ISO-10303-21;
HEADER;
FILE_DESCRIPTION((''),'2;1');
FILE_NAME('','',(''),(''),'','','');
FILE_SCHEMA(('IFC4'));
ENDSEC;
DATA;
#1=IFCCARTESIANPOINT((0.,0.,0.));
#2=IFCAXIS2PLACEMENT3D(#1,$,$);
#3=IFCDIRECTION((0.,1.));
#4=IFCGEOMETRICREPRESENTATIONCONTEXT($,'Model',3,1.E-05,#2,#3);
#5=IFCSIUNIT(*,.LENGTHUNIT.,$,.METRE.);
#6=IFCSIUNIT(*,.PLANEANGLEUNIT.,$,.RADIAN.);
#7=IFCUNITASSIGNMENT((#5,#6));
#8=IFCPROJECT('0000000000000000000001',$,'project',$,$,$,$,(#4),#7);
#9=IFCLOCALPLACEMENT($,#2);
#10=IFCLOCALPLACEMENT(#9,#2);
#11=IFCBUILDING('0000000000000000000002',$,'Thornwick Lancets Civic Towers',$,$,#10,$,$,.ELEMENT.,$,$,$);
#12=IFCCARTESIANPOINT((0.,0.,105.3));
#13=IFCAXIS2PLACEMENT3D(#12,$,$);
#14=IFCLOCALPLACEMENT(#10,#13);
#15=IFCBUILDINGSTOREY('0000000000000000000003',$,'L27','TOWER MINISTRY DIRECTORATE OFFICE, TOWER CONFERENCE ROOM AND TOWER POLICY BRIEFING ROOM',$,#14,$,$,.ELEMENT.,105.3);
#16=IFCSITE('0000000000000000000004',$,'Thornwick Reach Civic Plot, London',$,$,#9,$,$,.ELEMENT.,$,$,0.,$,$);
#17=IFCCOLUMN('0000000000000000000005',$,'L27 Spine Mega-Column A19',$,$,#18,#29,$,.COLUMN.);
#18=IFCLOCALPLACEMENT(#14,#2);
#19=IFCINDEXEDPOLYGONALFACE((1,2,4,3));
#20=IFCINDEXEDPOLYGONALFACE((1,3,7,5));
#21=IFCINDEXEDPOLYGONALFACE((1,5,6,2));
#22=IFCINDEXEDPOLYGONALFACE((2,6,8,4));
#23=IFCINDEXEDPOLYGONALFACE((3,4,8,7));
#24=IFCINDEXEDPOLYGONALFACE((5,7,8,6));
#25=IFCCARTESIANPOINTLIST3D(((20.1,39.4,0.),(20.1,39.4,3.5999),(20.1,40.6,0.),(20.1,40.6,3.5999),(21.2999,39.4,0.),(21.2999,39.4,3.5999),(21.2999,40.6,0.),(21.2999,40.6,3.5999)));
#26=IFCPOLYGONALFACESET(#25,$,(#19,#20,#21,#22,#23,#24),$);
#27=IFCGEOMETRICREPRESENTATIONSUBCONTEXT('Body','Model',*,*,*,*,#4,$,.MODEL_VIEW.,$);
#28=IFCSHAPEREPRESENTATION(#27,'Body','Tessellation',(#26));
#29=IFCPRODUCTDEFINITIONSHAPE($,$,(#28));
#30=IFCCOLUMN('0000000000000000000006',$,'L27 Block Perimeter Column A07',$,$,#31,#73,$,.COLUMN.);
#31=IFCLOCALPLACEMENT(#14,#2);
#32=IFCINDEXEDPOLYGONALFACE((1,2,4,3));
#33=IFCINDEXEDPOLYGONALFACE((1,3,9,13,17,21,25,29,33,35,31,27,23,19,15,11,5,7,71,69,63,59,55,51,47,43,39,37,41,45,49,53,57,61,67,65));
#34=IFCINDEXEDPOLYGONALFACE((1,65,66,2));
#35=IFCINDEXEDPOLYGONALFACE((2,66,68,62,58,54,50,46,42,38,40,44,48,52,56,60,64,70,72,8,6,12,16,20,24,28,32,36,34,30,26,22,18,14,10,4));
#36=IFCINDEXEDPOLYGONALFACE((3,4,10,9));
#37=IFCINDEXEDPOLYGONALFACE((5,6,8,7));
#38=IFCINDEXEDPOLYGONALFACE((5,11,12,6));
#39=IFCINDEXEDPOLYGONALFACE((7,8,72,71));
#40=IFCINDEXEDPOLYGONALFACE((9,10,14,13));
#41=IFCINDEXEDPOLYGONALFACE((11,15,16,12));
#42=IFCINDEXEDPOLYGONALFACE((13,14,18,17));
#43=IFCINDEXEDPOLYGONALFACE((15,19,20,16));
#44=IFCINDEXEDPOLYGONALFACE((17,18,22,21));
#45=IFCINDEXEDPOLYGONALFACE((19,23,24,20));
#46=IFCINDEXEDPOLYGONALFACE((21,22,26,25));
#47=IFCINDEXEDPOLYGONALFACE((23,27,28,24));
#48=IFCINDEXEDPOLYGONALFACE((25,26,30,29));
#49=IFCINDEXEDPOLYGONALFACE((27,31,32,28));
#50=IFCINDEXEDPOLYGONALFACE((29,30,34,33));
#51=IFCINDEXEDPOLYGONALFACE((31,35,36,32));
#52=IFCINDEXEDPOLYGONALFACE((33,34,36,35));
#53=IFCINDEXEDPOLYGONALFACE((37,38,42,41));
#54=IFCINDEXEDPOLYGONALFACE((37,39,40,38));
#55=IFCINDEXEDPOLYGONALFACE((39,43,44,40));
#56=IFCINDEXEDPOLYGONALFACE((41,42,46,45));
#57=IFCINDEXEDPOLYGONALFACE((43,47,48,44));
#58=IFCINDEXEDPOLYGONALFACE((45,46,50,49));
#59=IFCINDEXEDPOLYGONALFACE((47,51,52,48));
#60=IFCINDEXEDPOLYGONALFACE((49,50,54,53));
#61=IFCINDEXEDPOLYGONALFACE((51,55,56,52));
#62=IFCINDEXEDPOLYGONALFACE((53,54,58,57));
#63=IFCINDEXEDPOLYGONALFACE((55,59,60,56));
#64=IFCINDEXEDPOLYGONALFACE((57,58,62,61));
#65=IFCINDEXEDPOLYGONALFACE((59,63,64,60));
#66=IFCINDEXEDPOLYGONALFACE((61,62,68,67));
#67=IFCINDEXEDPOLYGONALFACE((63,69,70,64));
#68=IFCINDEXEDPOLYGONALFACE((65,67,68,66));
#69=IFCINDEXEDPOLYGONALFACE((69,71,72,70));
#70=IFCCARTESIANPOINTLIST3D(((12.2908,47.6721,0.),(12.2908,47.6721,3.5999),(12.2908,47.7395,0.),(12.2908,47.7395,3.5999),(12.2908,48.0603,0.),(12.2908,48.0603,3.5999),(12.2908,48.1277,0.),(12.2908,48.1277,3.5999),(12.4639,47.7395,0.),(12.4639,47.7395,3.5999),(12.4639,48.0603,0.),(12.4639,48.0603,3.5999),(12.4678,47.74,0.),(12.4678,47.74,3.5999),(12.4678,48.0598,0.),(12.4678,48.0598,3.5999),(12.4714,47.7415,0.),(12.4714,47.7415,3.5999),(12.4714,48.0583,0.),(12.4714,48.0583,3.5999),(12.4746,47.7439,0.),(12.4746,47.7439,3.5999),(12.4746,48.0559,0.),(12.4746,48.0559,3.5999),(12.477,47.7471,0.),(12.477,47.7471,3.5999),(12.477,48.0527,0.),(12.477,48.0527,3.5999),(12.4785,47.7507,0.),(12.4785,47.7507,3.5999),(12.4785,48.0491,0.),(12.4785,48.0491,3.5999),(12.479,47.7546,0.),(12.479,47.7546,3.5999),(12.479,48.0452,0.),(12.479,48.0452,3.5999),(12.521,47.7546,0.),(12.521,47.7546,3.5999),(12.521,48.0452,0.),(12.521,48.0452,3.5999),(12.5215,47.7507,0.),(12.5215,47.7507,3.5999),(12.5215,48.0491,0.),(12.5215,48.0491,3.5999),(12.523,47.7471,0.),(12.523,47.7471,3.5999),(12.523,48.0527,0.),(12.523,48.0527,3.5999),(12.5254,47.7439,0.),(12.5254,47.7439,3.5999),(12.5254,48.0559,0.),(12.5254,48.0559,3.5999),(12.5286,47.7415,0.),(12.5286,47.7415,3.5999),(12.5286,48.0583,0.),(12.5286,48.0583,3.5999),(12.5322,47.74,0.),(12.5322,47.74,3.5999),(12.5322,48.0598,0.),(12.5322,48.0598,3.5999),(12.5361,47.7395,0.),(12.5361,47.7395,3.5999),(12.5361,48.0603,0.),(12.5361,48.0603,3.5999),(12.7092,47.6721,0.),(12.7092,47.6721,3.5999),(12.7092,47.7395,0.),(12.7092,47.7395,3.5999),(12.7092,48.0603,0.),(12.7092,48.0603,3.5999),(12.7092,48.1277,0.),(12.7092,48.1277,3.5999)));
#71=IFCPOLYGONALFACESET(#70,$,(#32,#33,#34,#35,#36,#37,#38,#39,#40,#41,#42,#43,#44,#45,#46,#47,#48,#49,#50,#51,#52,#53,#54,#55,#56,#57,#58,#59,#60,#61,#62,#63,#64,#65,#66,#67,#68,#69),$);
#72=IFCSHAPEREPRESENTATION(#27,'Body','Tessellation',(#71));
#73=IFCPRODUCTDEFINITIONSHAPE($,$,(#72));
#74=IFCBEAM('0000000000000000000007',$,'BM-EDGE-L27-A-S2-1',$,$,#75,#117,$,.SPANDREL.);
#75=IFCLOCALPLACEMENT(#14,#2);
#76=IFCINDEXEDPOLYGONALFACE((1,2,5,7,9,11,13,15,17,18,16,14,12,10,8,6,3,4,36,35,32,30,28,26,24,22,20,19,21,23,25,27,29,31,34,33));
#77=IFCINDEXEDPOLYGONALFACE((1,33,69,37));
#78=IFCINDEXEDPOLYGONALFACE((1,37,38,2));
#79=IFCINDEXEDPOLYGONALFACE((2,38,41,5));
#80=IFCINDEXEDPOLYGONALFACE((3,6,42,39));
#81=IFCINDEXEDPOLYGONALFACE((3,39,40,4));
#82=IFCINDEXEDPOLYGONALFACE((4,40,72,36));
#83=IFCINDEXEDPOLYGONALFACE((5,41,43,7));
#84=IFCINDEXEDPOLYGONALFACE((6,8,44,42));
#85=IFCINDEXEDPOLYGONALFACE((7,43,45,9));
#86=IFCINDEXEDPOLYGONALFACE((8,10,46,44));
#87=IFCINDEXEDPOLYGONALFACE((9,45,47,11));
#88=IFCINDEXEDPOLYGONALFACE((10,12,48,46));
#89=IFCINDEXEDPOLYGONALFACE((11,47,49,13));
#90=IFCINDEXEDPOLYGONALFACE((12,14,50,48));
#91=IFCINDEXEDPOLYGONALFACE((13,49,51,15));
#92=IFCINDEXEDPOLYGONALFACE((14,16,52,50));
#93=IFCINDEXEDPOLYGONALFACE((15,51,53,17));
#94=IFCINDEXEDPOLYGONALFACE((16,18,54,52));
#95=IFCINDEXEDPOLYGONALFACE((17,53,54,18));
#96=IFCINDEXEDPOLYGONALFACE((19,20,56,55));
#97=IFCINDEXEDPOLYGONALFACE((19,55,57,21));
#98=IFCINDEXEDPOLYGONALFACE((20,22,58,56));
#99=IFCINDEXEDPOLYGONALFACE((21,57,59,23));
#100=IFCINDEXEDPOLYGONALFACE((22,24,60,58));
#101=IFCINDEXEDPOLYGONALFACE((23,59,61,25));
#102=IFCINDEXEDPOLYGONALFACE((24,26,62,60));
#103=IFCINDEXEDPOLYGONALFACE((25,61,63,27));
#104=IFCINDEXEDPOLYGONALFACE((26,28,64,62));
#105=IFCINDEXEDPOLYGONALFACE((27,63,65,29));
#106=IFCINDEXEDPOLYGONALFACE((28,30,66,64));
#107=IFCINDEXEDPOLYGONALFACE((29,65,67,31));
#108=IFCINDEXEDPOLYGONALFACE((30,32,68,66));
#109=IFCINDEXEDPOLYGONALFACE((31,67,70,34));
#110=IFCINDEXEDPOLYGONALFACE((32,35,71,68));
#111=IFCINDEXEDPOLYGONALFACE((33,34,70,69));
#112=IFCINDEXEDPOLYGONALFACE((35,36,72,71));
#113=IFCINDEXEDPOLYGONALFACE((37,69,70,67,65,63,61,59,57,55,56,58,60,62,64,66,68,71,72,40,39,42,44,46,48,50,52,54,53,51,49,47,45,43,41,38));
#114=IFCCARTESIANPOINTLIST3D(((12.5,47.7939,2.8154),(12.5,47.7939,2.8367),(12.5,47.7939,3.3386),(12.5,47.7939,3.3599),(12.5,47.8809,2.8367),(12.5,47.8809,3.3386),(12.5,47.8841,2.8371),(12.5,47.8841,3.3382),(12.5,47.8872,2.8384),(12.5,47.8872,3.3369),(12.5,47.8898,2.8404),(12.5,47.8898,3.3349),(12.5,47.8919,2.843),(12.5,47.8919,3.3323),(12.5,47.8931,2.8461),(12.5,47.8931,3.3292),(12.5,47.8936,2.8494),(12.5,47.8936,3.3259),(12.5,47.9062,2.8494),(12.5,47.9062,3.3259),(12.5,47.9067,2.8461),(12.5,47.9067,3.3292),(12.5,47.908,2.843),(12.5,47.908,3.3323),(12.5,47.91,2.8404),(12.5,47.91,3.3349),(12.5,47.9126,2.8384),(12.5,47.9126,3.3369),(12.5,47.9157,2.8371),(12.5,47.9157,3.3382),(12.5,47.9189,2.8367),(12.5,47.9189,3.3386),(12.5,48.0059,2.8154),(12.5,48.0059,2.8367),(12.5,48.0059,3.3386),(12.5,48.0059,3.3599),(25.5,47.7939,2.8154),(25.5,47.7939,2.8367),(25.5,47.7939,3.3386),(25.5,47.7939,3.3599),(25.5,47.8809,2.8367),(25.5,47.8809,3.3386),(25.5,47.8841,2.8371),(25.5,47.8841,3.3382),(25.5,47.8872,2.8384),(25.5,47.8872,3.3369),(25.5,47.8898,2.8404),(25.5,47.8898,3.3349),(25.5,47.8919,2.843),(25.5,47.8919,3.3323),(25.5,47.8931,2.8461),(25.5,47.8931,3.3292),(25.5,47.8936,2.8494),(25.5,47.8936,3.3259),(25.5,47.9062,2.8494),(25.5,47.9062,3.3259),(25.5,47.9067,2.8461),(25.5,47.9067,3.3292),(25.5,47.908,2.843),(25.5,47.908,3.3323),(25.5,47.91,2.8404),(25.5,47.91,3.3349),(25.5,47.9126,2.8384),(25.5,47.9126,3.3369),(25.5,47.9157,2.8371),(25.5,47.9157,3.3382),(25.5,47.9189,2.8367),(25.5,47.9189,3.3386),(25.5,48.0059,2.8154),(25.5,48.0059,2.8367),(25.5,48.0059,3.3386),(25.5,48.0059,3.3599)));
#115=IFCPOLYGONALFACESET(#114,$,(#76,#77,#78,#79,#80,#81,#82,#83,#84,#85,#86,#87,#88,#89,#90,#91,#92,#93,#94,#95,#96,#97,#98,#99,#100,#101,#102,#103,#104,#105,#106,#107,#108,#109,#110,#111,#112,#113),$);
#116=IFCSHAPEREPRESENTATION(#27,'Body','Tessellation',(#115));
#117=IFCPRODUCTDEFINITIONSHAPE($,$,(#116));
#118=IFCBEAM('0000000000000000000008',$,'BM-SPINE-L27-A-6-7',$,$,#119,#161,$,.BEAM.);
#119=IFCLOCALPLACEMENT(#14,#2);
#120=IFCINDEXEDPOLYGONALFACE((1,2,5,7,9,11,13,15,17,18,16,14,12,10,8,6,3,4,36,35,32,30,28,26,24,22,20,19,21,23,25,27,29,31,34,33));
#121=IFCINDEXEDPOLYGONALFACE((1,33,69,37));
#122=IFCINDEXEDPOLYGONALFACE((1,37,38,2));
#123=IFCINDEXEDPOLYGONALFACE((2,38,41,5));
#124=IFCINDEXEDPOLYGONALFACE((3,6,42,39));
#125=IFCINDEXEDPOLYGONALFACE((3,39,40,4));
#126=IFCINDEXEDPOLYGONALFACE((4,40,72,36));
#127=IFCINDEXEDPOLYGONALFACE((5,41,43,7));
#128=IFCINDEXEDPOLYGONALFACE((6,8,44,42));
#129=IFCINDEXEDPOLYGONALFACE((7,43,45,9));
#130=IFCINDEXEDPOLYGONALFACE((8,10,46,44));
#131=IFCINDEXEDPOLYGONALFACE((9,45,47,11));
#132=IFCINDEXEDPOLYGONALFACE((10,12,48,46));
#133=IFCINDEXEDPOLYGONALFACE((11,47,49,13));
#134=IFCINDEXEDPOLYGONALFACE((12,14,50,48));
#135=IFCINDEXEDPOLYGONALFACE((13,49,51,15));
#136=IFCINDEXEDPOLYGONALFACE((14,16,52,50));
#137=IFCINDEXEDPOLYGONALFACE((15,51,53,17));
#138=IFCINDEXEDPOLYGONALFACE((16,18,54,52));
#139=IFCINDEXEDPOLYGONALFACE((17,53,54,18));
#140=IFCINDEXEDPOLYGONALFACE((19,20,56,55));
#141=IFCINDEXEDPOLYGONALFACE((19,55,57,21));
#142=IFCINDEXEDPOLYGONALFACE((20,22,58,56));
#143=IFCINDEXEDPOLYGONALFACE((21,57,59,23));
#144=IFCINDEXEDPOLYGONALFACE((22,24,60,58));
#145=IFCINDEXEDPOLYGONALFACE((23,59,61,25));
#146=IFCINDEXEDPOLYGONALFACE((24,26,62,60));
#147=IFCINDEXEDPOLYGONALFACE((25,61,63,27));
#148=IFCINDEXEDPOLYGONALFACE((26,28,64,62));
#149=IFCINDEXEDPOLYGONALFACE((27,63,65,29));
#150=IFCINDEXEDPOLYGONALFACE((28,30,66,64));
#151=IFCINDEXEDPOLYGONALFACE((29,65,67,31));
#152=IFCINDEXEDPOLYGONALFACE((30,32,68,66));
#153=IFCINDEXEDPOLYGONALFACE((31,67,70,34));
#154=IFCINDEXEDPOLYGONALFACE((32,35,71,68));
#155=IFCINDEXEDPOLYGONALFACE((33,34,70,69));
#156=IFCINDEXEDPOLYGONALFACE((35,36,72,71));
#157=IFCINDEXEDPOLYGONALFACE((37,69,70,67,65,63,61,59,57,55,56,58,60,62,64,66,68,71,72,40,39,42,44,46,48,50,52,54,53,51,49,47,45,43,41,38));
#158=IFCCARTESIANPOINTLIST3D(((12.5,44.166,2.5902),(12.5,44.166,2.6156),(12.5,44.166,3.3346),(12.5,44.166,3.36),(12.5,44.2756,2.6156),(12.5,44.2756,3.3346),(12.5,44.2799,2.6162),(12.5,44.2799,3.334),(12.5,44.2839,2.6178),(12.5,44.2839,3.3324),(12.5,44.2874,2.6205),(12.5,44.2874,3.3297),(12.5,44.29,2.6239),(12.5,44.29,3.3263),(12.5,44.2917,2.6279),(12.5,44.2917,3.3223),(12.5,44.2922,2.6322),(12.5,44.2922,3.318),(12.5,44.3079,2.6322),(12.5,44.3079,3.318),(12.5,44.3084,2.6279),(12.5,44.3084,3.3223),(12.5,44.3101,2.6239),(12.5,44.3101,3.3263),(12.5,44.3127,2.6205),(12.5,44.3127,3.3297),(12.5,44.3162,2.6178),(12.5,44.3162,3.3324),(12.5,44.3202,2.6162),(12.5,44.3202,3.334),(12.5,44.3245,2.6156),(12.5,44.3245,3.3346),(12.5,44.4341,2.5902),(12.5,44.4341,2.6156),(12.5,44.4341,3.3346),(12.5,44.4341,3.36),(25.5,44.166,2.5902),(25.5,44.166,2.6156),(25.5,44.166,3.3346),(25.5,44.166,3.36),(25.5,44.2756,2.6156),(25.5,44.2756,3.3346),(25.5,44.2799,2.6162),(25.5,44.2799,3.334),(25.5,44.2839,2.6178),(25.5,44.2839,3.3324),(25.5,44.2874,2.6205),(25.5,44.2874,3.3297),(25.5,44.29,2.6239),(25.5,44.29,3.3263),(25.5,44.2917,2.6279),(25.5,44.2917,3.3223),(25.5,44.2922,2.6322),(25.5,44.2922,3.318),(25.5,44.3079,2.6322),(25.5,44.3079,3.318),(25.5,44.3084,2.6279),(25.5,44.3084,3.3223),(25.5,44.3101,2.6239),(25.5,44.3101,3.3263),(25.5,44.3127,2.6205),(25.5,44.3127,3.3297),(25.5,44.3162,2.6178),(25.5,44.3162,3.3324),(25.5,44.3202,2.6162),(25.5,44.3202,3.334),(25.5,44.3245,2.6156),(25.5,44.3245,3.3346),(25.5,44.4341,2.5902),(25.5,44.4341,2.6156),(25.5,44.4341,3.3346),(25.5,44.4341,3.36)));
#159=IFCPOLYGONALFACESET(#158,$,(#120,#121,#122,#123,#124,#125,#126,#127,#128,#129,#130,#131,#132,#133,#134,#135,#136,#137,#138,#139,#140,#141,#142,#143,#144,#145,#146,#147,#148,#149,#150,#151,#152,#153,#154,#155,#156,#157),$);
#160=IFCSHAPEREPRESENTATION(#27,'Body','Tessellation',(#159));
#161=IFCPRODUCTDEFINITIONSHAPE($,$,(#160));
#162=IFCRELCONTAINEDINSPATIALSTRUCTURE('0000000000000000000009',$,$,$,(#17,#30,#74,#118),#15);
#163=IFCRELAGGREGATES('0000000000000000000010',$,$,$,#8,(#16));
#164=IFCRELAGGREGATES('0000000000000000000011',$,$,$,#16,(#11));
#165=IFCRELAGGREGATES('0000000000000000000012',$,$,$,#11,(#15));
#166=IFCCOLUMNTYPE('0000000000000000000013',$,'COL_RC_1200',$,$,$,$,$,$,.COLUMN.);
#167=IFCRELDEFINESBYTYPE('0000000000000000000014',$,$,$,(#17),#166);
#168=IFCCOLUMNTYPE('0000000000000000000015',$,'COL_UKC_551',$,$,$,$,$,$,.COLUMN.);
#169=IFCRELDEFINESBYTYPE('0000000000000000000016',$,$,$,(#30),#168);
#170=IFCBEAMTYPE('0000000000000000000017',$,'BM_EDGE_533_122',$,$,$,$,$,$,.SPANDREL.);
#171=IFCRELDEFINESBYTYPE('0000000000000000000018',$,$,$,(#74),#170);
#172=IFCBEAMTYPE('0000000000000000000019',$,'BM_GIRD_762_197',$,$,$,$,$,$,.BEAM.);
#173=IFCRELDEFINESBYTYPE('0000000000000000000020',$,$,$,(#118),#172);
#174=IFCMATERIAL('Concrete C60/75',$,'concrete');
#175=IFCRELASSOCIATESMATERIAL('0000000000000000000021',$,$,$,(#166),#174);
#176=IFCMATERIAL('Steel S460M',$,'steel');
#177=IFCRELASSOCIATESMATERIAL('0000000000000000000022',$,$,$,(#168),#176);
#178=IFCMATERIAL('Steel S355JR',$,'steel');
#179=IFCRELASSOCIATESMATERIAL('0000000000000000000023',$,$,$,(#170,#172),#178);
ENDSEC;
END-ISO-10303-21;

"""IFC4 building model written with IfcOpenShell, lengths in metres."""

from ifc_helpers import new_model, si_unit, direction, frame, origin, origin_2d, place, context, subcontext, project, spatial, rectangle, i_section, extrude, material, material_profile, profile_set, type_object, element, save


model = new_model("IFC4")

# Units and contexts
model_context = context("Model", 3, precision=1e-05, world=origin(), true_north=direction((0.0, 1.0)))
body_context = subcontext(model_context, "Body", "Model", "MODEL_VIEW")
ifc_project = project(units=[si_unit("LENGTHUNIT", "METRE"), si_unit("PLANEANGLEUNIT", "RADIAN")], contexts=[model_context])

# Site, building, storey
site_placement = place(None, origin())
site = spatial("IfcSite", under=ifc_project, at=site_placement, Name="Thornwick Reach Civic Plot, London", CompositionType="ELEMENT", RefElevation=0.0)
building_placement = place(site_placement, origin())
building = spatial("IfcBuilding", under=site, at=building_placement, Name="Thornwick Lancets Civic Towers", CompositionType="ELEMENT")
storey_placement = place(building_placement, frame((0.0, 0.0, 105.3)))
storey = spatial("IfcBuildingStorey", under=building, at=storey_placement, Name="L27", Description="TOWER MINISTRY DIRECTORATE OFFICE, TOWER CONFERENCE ROOM AND TOWER POLICY BRIEFING ROOM", CompositionType="ELEMENT", Elevation=105.3)

# Columns
ifc_material_1 = material(Name="Concrete C60/75", Category="concrete")
ifc_material_profile_1 = material_profile(ifc_material_1, rectangle(XDim=1.2, YDim=1.2, at=origin_2d()), Name="RC 1200x1200")
ifc_profile_set_1 = profile_set([ifc_material_profile_1], Name="Concrete C60/75")
column_type_1 = type_object("IfcColumnType", Name="COL_RC_1200", PredefinedType="COLUMN", material=ifc_profile_set_1)
column_1_placement = place(storey_placement, frame((20.7, 40.0, 0.0), z_axis=(0.0, 0.0, 1.0), x_axis=(1.0, 0.0, 0.0)))
element("IfcColumn", 1, at=column_1_placement, inside=storey, type_object=column_type_1, Name="L27 Spine Mega-Column A19", PredefinedType="COLUMN", context=body_context, shape_type="SweptSolid", body=[
    extrude(rectangle(XDim=1.2, YDim=1.2, at=origin_2d()), origin(), (0.0, 0.0, 1.0), 3.5999),
])
ifc_material_2 = material(Name="Steel S460M", Category="steel")
ifc_material_profile_2 = material_profile(ifc_material_2, i_section(OverallWidth=0.4185, OverallDepth=0.4556, WebThickness=0.042, FlangeThickness=0.0674, FilletRadius=0.0151, at=origin_2d()), Name="UKC 356x406x551")
ifc_profile_set_2 = profile_set([ifc_material_profile_2], Name="Steel S460M")
column_type_2 = type_object("IfcColumnType", Name="COL_UKC_551", PredefinedType="COLUMN", material=ifc_profile_set_2)
column_2_placement = place(storey_placement, frame((12.5, 47.8999, 0.0), z_axis=(0.0, 0.0, 1.0), x_axis=(1.0, 0.0, 0.0)))
element("IfcColumn", 2, at=column_2_placement, inside=storey, type_object=column_type_2, Name="L27 Block Perimeter Column A07", PredefinedType="COLUMN", context=body_context, shape_type="SweptSolid", body=[
    extrude(i_section(OverallWidth=0.4185, OverallDepth=0.4556, WebThickness=0.042, FlangeThickness=0.0674, FilletRadius=0.0151, at=origin_2d()), origin(), (0.0, 0.0, 1.0), 3.5999),
])

# Beams
ifc_material_3 = material(Name="Steel S355JR", Category="steel")
ifc_material_profile_3 = material_profile(ifc_material_3, i_section(OverallWidth=0.2119, OverallDepth=0.5444, WebThickness=0.0127, FlangeThickness=0.0212, FilletRadius=0.0127, at=origin_2d()), Name="UKB 533x210x122")
ifc_profile_set_3 = profile_set([ifc_material_profile_3], Name="Steel S355JR")
beam_type_1 = type_object("IfcBeamType", Name="BM_EDGE_533_122", PredefinedType="SPANDREL", material=ifc_profile_set_3)
beam_1_placement = place(storey_placement, frame((12.5, 47.8999, 3.0876), z_axis=(1.0, 0.0, 0.0), x_axis=(0.0, 1.0, 0.0)))
element("IfcBeam", 3, at=beam_1_placement, inside=storey, type_object=beam_type_1, Name="BM-EDGE-L27-A-S2-1", PredefinedType="SPANDREL", context=body_context, shape_type="SweptSolid", body=[
    extrude(i_section(OverallWidth=0.2119, OverallDepth=0.5444, WebThickness=0.0127, FlangeThickness=0.0212, FilletRadius=0.0127, at=origin_2d()), origin(), (0.0, 0.0, 1.0), 13.0),
])
ifc_material_profile_4 = material_profile(ifc_material_3, i_section(OverallWidth=0.2681, OverallDepth=0.7698, WebThickness=0.0156, FlangeThickness=0.0254, FilletRadius=0.0166, at=origin_2d()), Name="UKB 762x267x197")
ifc_profile_set_4 = profile_set([ifc_material_profile_4], Name="Steel S355JR")
beam_type_2 = type_object("IfcBeamType", Name="BM_GIRD_762_197", PredefinedType="BEAM", material=ifc_profile_set_4)
beam_2_placement = place(storey_placement, frame((12.5, 44.3, 2.9751), z_axis=(1.0, 0.0, 0.0), x_axis=(0.0, 1.0, 0.0)))
element("IfcBeam", 4, at=beam_2_placement, inside=storey, type_object=beam_type_2, Name="BM-SPINE-L27-A-6-7", PredefinedType="BEAM", context=body_context, shape_type="SweptSolid", body=[
    extrude(i_section(OverallWidth=0.2681, OverallDepth=0.7698, WebThickness=0.0156, FlangeThickness=0.0254, FilletRadius=0.0166, at=origin_2d()), origin(), (0.0, 0.0, 1.0), 13.0),
])

save(model, "model.ifc")
